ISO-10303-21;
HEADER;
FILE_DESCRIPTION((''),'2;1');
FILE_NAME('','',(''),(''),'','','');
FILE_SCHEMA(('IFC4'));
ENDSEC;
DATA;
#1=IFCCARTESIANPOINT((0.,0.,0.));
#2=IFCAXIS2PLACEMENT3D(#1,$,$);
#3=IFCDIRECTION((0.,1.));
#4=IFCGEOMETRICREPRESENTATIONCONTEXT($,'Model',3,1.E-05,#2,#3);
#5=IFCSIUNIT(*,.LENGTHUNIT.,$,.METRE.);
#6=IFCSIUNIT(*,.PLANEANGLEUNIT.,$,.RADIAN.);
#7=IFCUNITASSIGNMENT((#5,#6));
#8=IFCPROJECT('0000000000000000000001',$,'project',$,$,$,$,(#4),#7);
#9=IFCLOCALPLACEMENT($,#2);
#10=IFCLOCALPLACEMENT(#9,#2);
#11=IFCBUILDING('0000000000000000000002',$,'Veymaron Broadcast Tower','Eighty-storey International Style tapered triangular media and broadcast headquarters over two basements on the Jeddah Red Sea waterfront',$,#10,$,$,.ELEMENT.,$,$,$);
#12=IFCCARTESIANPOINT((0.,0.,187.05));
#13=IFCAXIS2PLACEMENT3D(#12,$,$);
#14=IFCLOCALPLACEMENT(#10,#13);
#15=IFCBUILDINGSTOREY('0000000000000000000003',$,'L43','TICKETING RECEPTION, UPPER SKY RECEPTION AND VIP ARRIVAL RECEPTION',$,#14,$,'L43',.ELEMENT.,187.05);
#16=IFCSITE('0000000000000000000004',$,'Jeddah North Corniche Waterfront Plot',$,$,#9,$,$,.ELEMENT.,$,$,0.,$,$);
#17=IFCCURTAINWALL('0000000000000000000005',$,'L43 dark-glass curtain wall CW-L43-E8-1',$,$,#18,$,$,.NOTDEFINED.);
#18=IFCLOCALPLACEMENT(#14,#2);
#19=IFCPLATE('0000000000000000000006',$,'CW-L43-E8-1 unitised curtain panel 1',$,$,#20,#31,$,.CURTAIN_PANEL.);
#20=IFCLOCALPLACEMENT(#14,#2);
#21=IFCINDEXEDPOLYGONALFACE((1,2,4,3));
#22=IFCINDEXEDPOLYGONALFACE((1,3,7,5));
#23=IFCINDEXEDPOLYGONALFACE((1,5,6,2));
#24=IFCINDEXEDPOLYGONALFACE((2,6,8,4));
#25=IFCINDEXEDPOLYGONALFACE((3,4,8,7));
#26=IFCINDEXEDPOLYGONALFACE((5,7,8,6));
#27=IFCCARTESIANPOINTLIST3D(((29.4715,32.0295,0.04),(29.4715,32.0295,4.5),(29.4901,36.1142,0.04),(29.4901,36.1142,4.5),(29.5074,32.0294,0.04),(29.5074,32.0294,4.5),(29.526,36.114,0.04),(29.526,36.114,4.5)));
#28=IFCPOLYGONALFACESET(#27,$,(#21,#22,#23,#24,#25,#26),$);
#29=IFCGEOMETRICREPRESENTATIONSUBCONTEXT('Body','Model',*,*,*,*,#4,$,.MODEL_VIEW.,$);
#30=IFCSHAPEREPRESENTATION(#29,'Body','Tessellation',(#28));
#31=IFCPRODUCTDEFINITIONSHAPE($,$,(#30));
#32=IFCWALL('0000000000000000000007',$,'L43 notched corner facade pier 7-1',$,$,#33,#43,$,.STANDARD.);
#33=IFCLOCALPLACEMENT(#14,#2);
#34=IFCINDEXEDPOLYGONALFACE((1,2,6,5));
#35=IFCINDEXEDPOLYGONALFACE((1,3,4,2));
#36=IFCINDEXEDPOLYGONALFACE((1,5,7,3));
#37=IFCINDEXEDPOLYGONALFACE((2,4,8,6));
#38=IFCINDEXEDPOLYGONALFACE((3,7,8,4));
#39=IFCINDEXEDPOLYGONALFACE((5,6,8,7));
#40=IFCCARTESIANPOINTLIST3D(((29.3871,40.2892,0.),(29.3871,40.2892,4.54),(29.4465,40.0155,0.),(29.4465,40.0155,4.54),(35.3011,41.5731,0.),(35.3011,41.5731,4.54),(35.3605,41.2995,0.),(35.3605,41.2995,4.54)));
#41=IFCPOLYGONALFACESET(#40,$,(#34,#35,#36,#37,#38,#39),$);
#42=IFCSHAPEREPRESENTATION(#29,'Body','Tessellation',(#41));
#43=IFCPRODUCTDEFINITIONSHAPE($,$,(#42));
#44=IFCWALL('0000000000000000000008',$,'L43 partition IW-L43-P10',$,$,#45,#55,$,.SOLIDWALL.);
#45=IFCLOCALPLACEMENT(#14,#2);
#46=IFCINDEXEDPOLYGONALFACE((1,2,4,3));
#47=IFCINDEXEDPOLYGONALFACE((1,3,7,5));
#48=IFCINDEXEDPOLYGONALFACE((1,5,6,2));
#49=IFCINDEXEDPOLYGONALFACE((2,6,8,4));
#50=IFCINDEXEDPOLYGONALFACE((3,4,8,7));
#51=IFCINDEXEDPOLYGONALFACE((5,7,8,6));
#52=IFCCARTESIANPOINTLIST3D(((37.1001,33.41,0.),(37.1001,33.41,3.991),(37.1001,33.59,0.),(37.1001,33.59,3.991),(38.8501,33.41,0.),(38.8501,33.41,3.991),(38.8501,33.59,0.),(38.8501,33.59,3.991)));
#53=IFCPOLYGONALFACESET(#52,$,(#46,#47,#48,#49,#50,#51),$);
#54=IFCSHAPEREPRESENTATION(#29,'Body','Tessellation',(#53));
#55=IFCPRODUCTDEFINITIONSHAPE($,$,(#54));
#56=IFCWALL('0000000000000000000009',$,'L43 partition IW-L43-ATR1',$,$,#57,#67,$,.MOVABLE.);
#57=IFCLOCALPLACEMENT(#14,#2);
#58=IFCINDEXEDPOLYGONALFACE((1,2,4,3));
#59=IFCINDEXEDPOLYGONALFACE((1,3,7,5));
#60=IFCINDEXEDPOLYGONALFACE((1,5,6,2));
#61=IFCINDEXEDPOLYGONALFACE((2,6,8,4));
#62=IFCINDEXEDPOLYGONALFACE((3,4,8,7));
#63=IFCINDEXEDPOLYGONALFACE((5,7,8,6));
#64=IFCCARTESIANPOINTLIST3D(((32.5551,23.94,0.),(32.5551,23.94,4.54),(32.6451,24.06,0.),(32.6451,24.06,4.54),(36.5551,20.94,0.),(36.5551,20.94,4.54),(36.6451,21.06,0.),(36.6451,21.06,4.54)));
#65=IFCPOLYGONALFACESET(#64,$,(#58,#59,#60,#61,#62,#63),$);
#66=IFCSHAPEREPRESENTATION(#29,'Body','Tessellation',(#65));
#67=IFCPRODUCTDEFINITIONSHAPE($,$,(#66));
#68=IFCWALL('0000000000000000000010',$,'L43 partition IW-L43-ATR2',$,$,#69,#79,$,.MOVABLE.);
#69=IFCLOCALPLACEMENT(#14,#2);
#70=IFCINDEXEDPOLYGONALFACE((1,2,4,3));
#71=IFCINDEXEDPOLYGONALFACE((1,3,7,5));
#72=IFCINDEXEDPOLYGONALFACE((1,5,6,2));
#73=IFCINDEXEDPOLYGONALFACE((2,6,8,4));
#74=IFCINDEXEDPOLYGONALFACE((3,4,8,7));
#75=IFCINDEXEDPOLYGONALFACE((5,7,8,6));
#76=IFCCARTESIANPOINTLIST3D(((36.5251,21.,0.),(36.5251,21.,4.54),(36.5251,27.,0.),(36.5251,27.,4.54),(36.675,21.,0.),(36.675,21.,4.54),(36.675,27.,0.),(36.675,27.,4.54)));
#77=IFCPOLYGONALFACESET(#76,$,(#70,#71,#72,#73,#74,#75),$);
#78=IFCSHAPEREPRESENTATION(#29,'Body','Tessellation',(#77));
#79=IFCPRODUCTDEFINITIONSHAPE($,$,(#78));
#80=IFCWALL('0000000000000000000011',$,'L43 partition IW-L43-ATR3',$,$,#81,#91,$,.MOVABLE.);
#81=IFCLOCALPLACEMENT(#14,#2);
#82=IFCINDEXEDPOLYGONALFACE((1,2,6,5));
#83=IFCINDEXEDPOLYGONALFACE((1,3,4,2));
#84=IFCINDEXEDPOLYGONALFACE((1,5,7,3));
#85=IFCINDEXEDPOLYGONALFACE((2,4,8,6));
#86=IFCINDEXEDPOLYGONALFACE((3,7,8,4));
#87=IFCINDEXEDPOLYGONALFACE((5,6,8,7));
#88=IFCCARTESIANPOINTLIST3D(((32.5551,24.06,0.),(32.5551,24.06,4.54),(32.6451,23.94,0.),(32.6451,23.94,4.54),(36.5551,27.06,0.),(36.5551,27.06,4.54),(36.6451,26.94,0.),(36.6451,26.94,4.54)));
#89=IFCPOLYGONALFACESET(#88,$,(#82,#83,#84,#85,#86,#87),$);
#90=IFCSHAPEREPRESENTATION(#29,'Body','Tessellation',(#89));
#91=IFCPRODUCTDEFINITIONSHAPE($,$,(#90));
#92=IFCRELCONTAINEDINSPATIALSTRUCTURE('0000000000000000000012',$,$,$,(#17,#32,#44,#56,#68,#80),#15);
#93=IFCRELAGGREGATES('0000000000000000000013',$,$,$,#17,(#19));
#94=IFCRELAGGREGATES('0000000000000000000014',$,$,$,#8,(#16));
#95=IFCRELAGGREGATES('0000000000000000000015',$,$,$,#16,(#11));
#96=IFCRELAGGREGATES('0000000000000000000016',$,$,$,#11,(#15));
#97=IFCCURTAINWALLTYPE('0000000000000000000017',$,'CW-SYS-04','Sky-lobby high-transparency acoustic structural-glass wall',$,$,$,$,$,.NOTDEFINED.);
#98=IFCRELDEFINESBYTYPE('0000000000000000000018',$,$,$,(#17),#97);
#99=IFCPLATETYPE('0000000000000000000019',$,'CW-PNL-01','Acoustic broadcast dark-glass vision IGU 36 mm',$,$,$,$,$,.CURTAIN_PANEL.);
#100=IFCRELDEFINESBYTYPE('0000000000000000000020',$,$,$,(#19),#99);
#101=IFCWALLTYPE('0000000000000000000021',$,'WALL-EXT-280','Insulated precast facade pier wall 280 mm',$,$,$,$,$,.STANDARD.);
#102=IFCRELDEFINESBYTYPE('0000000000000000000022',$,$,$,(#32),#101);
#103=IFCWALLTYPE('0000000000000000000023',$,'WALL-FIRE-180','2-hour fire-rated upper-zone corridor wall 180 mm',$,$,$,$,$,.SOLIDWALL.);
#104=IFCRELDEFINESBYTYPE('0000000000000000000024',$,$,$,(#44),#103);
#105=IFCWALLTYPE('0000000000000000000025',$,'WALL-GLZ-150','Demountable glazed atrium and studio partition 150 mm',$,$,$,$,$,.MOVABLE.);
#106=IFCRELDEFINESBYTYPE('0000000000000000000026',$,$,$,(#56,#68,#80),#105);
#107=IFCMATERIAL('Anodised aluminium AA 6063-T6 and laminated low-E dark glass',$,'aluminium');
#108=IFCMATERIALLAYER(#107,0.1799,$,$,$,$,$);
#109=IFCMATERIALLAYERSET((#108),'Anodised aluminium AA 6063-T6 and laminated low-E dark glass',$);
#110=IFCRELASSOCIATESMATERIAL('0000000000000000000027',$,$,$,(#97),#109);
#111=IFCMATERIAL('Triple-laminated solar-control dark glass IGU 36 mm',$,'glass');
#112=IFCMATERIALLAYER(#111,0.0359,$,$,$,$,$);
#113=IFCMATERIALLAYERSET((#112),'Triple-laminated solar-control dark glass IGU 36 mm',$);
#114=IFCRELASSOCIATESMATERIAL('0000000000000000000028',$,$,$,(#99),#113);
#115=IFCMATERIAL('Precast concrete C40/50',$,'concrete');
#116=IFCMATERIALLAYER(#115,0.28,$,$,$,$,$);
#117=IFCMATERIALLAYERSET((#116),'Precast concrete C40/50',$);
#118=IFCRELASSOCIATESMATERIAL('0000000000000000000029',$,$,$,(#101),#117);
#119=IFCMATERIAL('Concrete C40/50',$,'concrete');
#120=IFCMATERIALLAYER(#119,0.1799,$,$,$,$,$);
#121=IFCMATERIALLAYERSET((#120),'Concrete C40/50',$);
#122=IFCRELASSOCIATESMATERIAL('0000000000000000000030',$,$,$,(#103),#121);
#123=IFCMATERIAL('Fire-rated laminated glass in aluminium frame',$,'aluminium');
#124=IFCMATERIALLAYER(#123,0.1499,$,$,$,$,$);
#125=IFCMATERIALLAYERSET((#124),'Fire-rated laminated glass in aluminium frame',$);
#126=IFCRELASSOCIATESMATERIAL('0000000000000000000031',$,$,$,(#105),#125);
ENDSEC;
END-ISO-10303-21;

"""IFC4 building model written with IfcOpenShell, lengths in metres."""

from ifc_helpers import new_model, si_unit, direction, frame, frame_2d, origin, origin_2d, place, context, subcontext, project, spatial, rectangle, extrude, material, layer, layer_set, type_object, element, aggregate, save


model = new_model("IFC4")

# Units and contexts
model_context = context("Model", 3, precision=1e-05, world=origin(), true_north=direction((0.0, 1.0)))
body_context = subcontext(model_context, "Body", "Model", "MODEL_VIEW")
ifc_project = project(units=[si_unit("LENGTHUNIT", "METRE"), si_unit("PLANEANGLEUNIT", "RADIAN")], contexts=[model_context])

# Site, building, storey
site_placement = place(None, origin())
site = spatial("IfcSite", under=ifc_project, at=site_placement, Name="Jeddah North Corniche Waterfront Plot", CompositionType="ELEMENT", RefElevation=0.0)
building_placement = place(site_placement, origin())
building = spatial("IfcBuilding", under=site, at=building_placement, Name="Veymaron Broadcast Tower", Description="Eighty-storey International Style tapered triangular media and broadcast headquarters over two basements on the Jeddah Red Sea waterfront", CompositionType="ELEMENT")
storey_placement = place(building_placement, frame((0.0, 0.0, 187.05)))
storey = spatial("IfcBuildingStorey", under=building, at=storey_placement, Name="L43", Description="TICKETING RECEPTION, UPPER SKY RECEPTION AND VIP ARRIVAL RECEPTION", LongName="L43", CompositionType="ELEMENT", Elevation=187.05)

# Curtain wall, plate
ifc_material_1 = material(Name="Anodised aluminium AA 6063-T6 and laminated low-E dark glass", Category="aluminium")
ifc_layer_1 = layer(ifc_material_1, 0.1799)
ifc_layer_set_1 = layer_set([ifc_layer_1], Name="Anodised aluminium AA 6063-T6 and laminated low-E dark glass")
curtain_wall_type = type_object("IfcCurtainWallType", Name="CW-SYS-04", Description="Sky-lobby high-transparency acoustic structural-glass wall", PredefinedType="NOTDEFINED", material=ifc_layer_set_1)
curtain_wall_placement = place(storey_placement, origin())
curtain_wall = element("IfcCurtainWall", 1, at=curtain_wall_placement, inside=storey, type_object=curtain_wall_type, Name="L43 dark-glass curtain wall CW-L43-E8-1", PredefinedType="NOTDEFINED")
ifc_material_2 = material(Name="Triple-laminated solar-control dark glass IGU 36 mm", Category="glass")
ifc_layer_2 = layer(ifc_material_2, 0.0359)
ifc_layer_set_2 = layer_set([ifc_layer_2], Name="Triple-laminated solar-control dark glass IGU 36 mm")
plate_type = type_object("IfcPlateType", Name="CW-PNL-01", Description="Acoustic broadcast dark-glass vision IGU 36 mm", PredefinedType="CURTAIN_PANEL", material=ifc_layer_set_2)
plate_1_placement = place(storey_placement, frame((29.4988, 34.0718, 0.04), z_axis=(0.0, 0.0, 1.0), x_axis=(-0.004555, -0.99999, 0.0)))
plate_1 = element("IfcPlate", 2, at=plate_1_placement, type_object=plate_type, Name="CW-L43-E8-1 unitised curtain panel 1", PredefinedType="CURTAIN_PANEL", context=body_context, shape_type="SweptSolid", body=[
    extrude(rectangle(XDim=4.0847, YDim=0.0359, at=origin_2d()), origin(), (0.0, 0.0, 1.0), 4.46),
])
aggregate(curtain_wall, [plate_1])

# Walls
ifc_material_3 = material(Name="Precast concrete C40/50", Category="concrete")
ifc_layer_3 = layer(ifc_material_3, 0.28)
ifc_layer_set_3 = layer_set([ifc_layer_3], Name="Precast concrete C40/50")
wall_type_1 = type_object("IfcWallType", Name="WALL-EXT-280", Description="Insulated precast facade pier wall 280 mm", PredefinedType="STANDARD", material=ifc_layer_set_3)
wall_1_placement = place(storey_placement, frame((35.3308, 41.4363, 0.0), z_axis=(0.0, 0.0, 1.0), x_axis=(-0.977236, -0.212157, 0.0)))
element("IfcWall", 3, at=wall_1_placement, inside=storey, type_object=wall_type_1, Name="L43 notched corner facade pier 7-1", PredefinedType="STANDARD", context=body_context, shape_type="SweptSolid", body=[
    extrude(rectangle(XDim=6.0518, YDim=0.28, at=frame_2d((3.0259, 0.0))), origin(), (0.0, 0.0, 1.0), 4.54),
])
ifc_material_4 = material(Name="Concrete C40/50", Category="concrete")
ifc_layer_4 = layer(ifc_material_4, 0.1799)
ifc_layer_set_4 = layer_set([ifc_layer_4], Name="Concrete C40/50")
wall_type_2 = type_object("IfcWallType", Name="WALL-FIRE-180", Description="2-hour fire-rated upper-zone corridor wall 180 mm", PredefinedType="SOLIDWALL", material=ifc_layer_set_4)
wall_2_placement = place(storey_placement, frame((37.1001, 33.5, 0.0), z_axis=(0.0, 0.0, 1.0), x_axis=(1.0, 0.0, 0.0)))
element("IfcWall", 4, at=wall_2_placement, inside=storey, type_object=wall_type_2, Name="L43 partition IW-L43-P10", PredefinedType="SOLIDWALL", context=body_context, shape_type="SweptSolid", body=[
    extrude(rectangle(XDim=1.75, YDim=0.1799, at=frame_2d((0.875, 0.0))), origin(), (0.0, 0.0, 1.0), 3.991),
])
ifc_material_5 = material(Name="Fire-rated laminated glass in aluminium frame", Category="aluminium")
ifc_layer_5 = layer(ifc_material_5, 0.1499)
ifc_layer_set_5 = layer_set([ifc_layer_5], Name="Fire-rated laminated glass in aluminium frame")
wall_type_3 = type_object("IfcWallType", Name="WALL-GLZ-150", Description="Demountable glazed atrium and studio partition 150 mm", PredefinedType="MOVABLE", material=ifc_layer_set_5)
wall_3_placement = place(storey_placement, frame((32.6001, 24.0, 0.0), z_axis=(0.0, 0.0, 1.0), x_axis=(0.8, -0.6, 0.0)))
element("IfcWall", 5, at=wall_3_placement, inside=storey, type_object=wall_type_3, Name="L43 partition IW-L43-ATR1", PredefinedType="MOVABLE", context=body_context, shape_type="SweptSolid", body=[
    extrude(rectangle(XDim=5.0, YDim=0.1499, at=frame_2d((2.5, 0.0))), origin(), (0.0, 0.0, 1.0), 4.54),
])
wall_4_placement = place(storey_placement, frame((36.6001, 21.0, 0.0), z_axis=(0.0, 0.0, 1.0), x_axis=(0.0, 1.0, 0.0)))
element("IfcWall", 6, at=wall_4_placement, inside=storey, type_object=wall_type_3, Name="L43 partition IW-L43-ATR2", PredefinedType="MOVABLE", context=body_context, shape_type="SweptSolid", body=[
    extrude(rectangle(XDim=6.0, YDim=0.1499, at=frame_2d((3.0, 0.0))), origin(), (0.0, 0.0, 1.0), 4.54),
])
wall_5_placement = place(storey_placement, frame((36.6001, 27.0, 0.0), z_axis=(0.0, 0.0, 1.0), x_axis=(-0.8, -0.6, 0.0)))
element("IfcWall", 7, at=wall_5_placement, inside=storey, type_object=wall_type_3, Name="L43 partition IW-L43-ATR3", PredefinedType="MOVABLE", context=body_context, shape_type="SweptSolid", body=[
    extrude(rectangle(XDim=5.0, YDim=0.1499, at=frame_2d((2.5, 0.0))), origin(), (0.0, 0.0, 1.0), 4.54),
])

save(model, "model.ifc")
